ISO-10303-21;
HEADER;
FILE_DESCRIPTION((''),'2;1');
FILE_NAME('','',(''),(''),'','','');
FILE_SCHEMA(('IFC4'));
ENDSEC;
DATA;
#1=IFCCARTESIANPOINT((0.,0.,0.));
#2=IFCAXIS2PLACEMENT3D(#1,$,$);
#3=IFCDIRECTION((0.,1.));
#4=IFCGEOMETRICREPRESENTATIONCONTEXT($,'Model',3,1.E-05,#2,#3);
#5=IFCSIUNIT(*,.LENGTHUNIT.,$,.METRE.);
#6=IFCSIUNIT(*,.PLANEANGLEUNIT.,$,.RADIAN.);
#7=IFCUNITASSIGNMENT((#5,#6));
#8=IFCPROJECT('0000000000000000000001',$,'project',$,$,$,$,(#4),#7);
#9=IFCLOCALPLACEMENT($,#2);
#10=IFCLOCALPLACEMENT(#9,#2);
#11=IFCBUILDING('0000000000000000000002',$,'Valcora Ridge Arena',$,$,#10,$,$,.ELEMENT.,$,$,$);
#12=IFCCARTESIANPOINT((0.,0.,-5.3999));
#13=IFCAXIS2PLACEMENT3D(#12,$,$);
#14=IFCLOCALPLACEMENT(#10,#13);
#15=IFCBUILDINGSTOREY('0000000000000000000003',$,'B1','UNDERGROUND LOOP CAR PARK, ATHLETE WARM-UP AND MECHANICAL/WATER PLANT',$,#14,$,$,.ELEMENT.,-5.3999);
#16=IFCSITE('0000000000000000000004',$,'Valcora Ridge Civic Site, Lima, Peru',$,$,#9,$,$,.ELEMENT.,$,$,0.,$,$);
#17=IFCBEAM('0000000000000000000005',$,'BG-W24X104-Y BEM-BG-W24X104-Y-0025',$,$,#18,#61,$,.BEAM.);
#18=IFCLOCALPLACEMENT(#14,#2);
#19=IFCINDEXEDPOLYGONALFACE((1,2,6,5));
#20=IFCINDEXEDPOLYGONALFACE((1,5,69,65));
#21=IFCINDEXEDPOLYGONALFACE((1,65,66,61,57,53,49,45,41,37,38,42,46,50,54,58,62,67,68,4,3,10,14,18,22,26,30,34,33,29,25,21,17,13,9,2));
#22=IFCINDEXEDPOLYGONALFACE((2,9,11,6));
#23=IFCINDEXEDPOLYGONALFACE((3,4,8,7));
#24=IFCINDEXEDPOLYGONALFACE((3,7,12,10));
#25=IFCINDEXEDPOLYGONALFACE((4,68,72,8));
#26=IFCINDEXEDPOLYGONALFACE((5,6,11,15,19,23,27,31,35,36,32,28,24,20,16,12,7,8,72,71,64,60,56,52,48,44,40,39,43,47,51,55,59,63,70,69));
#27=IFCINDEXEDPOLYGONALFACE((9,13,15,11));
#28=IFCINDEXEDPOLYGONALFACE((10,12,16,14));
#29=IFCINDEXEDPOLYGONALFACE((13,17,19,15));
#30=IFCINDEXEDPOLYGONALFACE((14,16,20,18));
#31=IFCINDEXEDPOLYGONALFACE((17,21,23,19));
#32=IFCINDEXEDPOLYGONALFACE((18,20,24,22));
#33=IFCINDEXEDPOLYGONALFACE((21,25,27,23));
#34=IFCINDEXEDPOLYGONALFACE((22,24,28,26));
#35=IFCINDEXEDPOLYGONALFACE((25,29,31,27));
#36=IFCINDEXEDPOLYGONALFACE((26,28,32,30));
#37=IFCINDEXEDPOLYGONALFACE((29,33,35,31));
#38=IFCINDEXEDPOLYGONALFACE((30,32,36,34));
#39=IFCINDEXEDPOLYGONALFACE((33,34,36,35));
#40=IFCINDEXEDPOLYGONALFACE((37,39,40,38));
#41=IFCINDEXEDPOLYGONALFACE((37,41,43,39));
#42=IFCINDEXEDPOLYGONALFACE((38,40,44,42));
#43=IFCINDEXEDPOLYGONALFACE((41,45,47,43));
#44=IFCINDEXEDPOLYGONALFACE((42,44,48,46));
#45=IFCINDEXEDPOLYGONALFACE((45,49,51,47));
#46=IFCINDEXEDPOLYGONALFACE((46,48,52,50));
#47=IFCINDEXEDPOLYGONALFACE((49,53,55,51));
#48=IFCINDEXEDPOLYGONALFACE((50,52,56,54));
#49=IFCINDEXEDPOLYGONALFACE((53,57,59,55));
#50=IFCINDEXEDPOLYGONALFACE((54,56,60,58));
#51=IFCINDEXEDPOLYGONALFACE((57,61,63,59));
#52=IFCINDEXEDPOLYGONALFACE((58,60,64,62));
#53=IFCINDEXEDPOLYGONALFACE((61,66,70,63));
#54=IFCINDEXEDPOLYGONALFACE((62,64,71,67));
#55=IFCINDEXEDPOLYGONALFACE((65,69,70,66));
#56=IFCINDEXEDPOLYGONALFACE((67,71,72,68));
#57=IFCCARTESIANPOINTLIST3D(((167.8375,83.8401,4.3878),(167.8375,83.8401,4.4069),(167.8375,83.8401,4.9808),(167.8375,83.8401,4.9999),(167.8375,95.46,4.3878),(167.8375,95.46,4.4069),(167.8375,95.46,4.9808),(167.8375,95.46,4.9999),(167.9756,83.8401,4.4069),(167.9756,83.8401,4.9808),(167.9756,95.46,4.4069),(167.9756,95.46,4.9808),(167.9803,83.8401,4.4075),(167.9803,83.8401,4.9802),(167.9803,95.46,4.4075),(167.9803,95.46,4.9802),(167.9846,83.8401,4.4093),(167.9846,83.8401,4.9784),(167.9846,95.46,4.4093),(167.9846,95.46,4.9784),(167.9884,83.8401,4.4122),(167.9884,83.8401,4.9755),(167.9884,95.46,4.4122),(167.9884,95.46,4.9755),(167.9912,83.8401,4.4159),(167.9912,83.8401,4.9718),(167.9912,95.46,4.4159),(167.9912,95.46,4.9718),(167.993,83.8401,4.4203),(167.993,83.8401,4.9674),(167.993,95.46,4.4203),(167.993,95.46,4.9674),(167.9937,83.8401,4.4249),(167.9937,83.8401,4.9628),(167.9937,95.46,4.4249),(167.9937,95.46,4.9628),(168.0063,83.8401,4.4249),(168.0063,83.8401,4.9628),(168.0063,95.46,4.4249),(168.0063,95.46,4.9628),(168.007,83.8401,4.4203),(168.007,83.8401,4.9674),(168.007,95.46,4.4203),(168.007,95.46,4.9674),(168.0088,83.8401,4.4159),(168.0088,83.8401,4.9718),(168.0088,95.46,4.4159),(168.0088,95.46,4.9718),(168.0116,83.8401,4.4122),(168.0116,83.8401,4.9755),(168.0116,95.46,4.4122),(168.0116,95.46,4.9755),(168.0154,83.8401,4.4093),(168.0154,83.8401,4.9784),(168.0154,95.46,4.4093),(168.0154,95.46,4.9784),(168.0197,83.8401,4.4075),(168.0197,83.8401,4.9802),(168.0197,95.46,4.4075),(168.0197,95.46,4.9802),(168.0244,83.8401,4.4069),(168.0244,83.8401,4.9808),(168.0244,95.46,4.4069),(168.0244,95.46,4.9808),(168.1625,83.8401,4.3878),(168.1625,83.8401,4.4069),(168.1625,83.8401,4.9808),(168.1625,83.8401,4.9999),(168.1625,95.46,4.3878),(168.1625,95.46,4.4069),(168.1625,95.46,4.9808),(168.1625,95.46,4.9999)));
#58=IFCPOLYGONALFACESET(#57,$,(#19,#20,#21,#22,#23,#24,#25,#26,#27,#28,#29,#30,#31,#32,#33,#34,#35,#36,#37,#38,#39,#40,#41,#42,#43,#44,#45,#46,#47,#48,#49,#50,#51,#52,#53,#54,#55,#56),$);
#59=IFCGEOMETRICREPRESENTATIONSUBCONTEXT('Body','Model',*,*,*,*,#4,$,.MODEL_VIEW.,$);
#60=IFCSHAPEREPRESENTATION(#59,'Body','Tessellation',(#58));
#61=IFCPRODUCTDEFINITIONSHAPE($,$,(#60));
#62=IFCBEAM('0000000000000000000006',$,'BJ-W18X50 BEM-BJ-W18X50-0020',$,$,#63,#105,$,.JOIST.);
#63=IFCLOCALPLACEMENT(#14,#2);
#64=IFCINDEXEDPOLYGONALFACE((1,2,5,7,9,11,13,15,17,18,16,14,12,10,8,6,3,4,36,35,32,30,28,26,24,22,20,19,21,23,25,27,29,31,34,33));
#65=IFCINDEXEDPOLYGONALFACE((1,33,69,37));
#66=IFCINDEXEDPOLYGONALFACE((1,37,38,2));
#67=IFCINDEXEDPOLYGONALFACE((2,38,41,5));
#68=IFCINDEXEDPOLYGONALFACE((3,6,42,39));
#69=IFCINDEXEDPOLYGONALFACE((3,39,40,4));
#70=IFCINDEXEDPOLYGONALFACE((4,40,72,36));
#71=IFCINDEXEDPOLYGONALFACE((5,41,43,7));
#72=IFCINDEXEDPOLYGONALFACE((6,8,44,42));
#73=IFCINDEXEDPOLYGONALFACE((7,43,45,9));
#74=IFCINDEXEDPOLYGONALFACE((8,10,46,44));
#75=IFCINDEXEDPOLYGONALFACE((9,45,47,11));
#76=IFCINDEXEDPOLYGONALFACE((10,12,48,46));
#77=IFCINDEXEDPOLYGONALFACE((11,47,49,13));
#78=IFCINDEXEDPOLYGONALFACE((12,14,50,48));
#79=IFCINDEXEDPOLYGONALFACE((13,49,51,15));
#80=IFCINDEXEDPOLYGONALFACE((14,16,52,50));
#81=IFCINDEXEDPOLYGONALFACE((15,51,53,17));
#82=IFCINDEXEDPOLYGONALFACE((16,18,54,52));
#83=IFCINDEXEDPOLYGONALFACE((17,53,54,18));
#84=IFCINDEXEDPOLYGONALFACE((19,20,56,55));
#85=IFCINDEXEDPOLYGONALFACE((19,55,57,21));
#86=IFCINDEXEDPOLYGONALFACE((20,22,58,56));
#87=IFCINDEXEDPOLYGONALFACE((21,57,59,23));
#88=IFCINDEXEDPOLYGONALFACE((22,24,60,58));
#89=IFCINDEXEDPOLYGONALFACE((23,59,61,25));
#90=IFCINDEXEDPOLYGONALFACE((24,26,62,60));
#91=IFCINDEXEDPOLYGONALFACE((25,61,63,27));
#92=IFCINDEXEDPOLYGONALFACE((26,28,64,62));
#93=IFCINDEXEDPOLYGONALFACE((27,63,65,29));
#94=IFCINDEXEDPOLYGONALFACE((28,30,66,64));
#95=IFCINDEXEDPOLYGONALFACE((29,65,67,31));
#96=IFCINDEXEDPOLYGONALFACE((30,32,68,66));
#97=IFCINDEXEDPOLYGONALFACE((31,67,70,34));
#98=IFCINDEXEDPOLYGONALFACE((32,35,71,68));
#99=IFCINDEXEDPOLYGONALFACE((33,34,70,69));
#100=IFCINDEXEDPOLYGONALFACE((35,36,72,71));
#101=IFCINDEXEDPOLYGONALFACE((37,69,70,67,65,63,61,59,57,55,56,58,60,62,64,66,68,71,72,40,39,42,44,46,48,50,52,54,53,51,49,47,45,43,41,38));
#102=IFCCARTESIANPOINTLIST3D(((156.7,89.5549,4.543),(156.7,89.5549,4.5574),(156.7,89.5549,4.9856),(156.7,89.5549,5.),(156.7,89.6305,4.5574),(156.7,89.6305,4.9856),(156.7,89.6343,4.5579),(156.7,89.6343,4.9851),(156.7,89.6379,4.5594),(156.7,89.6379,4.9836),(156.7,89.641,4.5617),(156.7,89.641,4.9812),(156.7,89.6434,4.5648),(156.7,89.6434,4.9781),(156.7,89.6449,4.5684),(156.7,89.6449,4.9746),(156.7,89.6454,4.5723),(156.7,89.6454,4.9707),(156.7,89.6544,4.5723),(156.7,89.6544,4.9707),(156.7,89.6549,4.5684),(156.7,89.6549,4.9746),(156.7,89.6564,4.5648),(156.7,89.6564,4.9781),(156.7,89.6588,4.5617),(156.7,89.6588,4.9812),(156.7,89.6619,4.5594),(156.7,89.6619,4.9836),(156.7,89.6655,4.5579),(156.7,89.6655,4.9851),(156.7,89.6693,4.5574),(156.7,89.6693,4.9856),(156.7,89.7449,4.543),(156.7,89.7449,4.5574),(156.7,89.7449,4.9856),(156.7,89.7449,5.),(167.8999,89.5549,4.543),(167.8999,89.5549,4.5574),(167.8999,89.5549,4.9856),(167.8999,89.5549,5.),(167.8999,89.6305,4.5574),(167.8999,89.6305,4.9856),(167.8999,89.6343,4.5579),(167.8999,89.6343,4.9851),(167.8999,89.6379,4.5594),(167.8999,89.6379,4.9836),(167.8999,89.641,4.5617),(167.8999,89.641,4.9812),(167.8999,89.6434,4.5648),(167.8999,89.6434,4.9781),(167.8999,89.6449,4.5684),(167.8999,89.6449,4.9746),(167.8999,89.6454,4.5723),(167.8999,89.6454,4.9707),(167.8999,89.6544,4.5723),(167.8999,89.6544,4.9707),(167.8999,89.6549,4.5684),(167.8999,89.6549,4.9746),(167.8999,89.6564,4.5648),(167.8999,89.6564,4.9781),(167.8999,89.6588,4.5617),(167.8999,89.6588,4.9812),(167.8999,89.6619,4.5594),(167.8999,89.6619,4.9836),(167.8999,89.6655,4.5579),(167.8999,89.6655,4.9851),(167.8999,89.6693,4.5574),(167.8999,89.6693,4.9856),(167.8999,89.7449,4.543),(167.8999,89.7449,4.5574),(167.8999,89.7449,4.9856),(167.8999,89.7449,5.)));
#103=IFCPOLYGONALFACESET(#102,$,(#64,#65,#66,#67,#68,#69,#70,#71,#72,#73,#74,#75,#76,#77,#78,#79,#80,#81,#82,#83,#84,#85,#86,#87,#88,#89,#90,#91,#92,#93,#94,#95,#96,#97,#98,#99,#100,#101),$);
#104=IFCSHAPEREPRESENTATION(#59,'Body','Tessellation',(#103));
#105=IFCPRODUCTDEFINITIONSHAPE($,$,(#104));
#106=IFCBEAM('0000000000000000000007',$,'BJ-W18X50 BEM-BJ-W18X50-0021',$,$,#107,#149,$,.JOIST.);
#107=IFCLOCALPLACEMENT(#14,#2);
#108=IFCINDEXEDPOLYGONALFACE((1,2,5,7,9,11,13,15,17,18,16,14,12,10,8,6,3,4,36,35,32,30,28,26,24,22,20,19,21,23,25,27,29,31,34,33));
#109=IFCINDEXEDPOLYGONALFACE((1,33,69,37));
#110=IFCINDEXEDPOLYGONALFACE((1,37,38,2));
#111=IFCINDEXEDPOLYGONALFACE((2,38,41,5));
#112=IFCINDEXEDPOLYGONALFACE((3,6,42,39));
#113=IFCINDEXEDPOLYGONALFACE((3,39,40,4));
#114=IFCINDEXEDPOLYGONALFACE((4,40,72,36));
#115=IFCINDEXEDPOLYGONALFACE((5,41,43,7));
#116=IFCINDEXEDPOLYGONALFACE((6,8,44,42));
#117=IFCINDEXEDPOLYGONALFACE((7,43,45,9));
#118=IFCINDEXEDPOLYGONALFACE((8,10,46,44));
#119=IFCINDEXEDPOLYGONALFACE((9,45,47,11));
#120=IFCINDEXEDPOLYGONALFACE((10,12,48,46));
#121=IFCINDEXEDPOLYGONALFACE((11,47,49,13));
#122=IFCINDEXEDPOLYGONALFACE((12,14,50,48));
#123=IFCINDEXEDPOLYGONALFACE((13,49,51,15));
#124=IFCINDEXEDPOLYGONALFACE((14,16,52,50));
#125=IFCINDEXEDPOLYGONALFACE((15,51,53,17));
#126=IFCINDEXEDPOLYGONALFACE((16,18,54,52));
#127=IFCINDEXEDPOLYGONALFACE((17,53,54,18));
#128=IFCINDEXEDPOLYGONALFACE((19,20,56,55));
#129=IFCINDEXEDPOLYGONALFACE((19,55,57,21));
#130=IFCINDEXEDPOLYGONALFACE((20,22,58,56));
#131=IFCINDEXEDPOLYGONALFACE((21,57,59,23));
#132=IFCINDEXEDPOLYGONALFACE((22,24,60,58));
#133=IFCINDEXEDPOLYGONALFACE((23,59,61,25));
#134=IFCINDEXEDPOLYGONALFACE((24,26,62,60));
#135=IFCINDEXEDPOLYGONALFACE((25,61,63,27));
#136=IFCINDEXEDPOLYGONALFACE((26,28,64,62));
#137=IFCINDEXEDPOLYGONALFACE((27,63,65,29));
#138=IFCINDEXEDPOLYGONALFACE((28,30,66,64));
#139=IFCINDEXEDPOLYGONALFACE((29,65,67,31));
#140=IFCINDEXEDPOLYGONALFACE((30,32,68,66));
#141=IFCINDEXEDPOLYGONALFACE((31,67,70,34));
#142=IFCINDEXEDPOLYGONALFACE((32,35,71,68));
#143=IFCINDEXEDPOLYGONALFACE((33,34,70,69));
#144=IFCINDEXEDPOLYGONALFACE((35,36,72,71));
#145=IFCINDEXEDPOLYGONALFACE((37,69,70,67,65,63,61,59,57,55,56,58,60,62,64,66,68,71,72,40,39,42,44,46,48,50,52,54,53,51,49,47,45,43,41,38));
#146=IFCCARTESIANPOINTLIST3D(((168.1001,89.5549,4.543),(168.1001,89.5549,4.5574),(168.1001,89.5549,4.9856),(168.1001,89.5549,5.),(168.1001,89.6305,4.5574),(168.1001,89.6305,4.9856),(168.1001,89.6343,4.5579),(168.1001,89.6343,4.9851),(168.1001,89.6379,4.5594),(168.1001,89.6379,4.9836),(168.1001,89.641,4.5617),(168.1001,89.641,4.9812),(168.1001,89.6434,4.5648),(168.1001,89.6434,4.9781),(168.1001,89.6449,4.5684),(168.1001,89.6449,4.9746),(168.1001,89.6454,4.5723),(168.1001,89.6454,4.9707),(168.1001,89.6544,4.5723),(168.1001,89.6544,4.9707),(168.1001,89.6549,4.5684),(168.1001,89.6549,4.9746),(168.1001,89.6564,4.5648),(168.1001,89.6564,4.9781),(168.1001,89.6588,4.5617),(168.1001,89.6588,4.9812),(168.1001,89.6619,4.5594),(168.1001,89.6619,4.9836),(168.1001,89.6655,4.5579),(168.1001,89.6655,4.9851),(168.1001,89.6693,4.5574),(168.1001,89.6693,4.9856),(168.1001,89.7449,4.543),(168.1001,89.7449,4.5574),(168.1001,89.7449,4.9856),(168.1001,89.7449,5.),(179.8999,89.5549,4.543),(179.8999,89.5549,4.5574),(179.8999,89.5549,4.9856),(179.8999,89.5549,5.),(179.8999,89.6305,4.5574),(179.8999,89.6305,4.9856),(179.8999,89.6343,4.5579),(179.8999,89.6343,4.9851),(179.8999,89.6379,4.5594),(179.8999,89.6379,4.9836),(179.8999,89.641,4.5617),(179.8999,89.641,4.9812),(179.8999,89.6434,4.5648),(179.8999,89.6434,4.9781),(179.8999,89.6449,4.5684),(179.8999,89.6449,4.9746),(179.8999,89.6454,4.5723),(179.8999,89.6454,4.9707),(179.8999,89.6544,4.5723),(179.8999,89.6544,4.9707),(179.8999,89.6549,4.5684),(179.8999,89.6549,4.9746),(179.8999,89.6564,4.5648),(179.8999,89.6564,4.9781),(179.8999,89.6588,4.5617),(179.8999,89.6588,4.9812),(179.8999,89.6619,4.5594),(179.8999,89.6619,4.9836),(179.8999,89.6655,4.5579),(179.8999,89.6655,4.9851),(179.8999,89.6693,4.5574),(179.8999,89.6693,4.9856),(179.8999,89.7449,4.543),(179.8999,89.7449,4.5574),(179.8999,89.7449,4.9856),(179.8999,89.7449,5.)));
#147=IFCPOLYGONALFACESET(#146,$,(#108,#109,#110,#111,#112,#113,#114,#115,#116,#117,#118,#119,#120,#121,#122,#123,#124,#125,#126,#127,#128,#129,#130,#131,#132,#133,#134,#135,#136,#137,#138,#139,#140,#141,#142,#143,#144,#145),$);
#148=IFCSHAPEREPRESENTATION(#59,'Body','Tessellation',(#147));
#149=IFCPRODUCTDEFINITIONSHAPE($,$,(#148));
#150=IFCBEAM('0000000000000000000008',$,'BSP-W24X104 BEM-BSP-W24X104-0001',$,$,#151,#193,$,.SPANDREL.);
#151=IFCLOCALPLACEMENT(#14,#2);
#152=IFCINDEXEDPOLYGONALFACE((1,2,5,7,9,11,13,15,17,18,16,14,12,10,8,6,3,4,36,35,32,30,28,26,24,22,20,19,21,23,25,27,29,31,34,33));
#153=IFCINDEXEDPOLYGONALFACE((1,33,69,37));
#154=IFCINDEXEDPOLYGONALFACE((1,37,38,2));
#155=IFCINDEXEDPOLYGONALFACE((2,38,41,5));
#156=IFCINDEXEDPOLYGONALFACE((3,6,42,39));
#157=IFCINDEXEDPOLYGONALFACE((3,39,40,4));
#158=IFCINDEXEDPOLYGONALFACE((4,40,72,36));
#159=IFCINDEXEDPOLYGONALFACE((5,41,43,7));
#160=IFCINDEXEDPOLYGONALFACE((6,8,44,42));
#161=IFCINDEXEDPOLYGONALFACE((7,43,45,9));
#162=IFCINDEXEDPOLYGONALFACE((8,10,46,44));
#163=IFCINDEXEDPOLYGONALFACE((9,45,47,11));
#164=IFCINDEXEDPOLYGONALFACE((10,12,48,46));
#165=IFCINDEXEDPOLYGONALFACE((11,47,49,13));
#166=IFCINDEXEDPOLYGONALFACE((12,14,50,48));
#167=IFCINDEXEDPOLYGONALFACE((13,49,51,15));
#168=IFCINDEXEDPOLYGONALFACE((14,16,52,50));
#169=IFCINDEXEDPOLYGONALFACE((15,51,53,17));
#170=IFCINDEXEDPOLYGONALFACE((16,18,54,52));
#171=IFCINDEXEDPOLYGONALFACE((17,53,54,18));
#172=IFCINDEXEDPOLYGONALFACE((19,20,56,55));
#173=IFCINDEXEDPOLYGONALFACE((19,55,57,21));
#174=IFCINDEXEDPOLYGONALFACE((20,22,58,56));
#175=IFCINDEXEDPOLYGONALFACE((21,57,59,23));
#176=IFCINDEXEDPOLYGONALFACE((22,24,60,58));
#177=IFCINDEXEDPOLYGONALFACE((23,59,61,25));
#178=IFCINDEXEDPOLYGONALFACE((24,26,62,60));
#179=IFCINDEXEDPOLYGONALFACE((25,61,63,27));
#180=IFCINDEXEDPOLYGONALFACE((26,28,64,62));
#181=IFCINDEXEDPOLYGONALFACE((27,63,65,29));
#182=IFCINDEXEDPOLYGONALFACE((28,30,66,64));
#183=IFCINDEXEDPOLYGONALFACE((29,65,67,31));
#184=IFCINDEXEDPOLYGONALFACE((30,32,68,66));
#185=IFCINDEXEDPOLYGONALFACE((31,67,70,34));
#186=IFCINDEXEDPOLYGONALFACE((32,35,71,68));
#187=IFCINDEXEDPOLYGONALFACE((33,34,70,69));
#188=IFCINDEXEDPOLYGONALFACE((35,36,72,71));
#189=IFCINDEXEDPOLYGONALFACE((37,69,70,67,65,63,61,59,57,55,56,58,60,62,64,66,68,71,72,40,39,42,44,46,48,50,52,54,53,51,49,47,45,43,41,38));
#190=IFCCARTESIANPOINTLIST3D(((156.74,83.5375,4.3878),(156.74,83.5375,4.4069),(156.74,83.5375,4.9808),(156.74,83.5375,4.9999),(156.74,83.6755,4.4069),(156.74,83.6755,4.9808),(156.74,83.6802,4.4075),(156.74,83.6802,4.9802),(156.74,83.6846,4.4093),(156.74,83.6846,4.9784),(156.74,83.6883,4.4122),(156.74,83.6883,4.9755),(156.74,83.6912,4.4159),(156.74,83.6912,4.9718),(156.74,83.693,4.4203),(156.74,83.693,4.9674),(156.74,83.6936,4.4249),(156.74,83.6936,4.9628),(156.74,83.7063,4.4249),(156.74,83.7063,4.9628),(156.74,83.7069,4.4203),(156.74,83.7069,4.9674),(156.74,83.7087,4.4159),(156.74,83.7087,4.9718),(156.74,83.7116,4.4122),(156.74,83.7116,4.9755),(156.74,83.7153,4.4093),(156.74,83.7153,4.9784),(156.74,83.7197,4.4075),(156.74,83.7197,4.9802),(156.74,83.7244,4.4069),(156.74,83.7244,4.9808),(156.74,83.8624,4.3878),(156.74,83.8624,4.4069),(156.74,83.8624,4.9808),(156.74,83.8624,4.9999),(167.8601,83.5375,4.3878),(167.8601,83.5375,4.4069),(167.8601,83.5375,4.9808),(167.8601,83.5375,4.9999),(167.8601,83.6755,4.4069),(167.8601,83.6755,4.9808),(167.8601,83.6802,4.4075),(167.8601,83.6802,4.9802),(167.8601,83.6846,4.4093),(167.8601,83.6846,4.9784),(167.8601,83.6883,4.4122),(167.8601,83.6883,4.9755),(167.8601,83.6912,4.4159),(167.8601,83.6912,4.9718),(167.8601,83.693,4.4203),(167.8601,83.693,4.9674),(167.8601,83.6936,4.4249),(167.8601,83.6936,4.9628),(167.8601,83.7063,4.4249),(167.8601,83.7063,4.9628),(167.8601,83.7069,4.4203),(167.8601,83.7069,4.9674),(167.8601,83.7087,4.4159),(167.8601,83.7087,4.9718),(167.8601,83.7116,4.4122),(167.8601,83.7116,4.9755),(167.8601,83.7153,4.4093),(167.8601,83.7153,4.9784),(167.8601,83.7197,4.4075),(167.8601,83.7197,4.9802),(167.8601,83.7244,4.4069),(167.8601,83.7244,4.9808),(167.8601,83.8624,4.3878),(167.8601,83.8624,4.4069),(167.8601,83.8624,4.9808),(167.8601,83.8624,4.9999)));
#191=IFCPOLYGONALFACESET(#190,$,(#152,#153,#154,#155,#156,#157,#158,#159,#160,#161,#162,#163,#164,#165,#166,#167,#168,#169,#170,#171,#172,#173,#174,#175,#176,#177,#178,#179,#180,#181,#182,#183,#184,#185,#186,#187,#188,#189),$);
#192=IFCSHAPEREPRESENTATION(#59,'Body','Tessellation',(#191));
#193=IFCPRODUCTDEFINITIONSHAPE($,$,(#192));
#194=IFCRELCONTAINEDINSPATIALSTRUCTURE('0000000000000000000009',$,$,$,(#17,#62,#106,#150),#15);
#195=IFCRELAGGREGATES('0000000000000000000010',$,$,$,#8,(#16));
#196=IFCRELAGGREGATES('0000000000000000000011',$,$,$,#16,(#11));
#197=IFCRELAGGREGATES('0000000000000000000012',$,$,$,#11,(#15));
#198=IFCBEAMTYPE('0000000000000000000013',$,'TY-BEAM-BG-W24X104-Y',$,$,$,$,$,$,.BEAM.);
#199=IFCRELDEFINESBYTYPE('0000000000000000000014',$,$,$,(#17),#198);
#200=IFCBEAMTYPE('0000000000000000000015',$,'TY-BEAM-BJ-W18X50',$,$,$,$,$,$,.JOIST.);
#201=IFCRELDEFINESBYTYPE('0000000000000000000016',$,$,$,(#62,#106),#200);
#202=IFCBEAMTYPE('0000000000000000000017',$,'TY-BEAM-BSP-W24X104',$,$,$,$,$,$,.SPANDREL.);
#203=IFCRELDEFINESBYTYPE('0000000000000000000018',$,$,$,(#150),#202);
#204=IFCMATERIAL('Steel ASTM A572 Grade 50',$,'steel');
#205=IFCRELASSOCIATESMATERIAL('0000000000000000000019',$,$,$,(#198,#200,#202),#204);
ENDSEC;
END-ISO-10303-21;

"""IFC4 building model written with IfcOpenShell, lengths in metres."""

from ifc_helpers import new_model, si_unit, direction, frame, origin, origin_2d, place, context, subcontext, project, spatial, i_section, extrude, material, material_profile, profile_set, type_object, element, save


model = new_model("IFC4")

# Units and contexts
model_context = context("Model", 3, precision=1e-05, world=origin(), true_north=direction((0.0, 1.0)))
body_context = subcontext(model_context, "Body", "Model", "MODEL_VIEW")
ifc_project = project(units=[si_unit("LENGTHUNIT", "METRE"), si_unit("PLANEANGLEUNIT", "RADIAN")], contexts=[model_context])

# Site, building, storey
site_placement = place(None, origin())
site = spatial("IfcSite", under=ifc_project, at=site_placement, Name="Valcora Ridge Civic Site, Lima, Peru", CompositionType="ELEMENT", RefElevation=0.0)
building_placement = place(site_placement, origin())
building = spatial("IfcBuilding", under=site, at=building_placement, Name="Valcora Ridge Arena", CompositionType="ELEMENT")
storey_placement = place(building_placement, frame((0.0, 0.0, -5.3999)))
storey = spatial("IfcBuildingStorey", under=building, at=storey_placement, Name="B1", Description="UNDERGROUND LOOP CAR PARK, ATHLETE WARM-UP AND MECHANICAL/WATER PLANT", CompositionType="ELEMENT", Elevation=-5.3999)

# Beams
ifc_material_1 = material(Name="Steel ASTM A572 Grade 50", Category="steel")
ifc_material_profile_1 = material_profile(ifc_material_1, i_section(OverallWidth=0.325, OverallDepth=0.6121, WebThickness=0.0127, FlangeThickness=0.019, FilletRadius=0.0181, at=origin_2d()), Name="W24X104")
ifc_profile_set_1 = profile_set([ifc_material_profile_1], Name="Steel ASTM A572 Grade 50")
beam_type_1 = type_object("IfcBeamType", Name="TY-BEAM-BG-W24X104-Y", PredefinedType="BEAM", material=ifc_profile_set_1)
for number, where, z_axis, x_axis, name in (
    (1, (168.0, 83.8401, 4.6938), (0.0, 1.0, 0.0), (-1.0, 0.0, 0.0), "BG-W24X104-Y BEM-BG-W24X104-Y-0025"),
):
    element("IfcBeam", number, at=place(storey_placement, frame(where, z_axis=z_axis, x_axis=x_axis)), inside=storey, type_object=beam_type_1, Name=name, PredefinedType="BEAM", context=body_context, shape_type="SweptSolid", body=[
        extrude(i_section(OverallWidth=0.325, OverallDepth=0.6121, WebThickness=0.0127, FlangeThickness=0.019, FilletRadius=0.0181, at=origin_2d()), origin(), (0.0, 0.0, 1.0), 11.6199),
    ])
ifc_material_profile_2 = material_profile(ifc_material_1, i_section(OverallWidth=0.1899, OverallDepth=0.457, WebThickness=0.009, FlangeThickness=0.0144, FilletRadius=0.0149, at=origin_2d()), Name="W18X50")
ifc_profile_set_2 = profile_set([ifc_material_profile_2], Name="Steel ASTM A572 Grade 50")
beam_type_2 = type_object("IfcBeamType", Name="TY-BEAM-BJ-W18X50", PredefinedType="JOIST", material=ifc_profile_set_2)
beam_1_placement = place(storey_placement, frame((156.7, 89.6499, 4.7715), z_axis=(1.0, 0.0, 0.0), x_axis=(0.0, 1.0, 0.0)))
element("IfcBeam", 2, at=beam_1_placement, inside=storey, type_object=beam_type_2, Name="BJ-W18X50 BEM-BJ-W18X50-0020", PredefinedType="JOIST", context=body_context, shape_type="SweptSolid", body=[
    extrude(i_section(OverallWidth=0.1899, OverallDepth=0.457, WebThickness=0.009, FlangeThickness=0.0144, FilletRadius=0.0149, at=origin_2d()), origin(), (0.0, 0.0, 1.0), 11.2),
])
beam_2_placement = place(storey_placement, frame((168.1001, 89.6499, 4.7715), z_axis=(1.0, 0.0, 0.0), x_axis=(0.0, 1.0, 0.0)))
element("IfcBeam", 3, at=beam_2_placement, inside=storey, type_object=beam_type_2, Name="BJ-W18X50 BEM-BJ-W18X50-0021", PredefinedType="JOIST", context=body_context, shape_type="SweptSolid", body=[
    extrude(i_section(OverallWidth=0.1899, OverallDepth=0.457, WebThickness=0.009, FlangeThickness=0.0144, FilletRadius=0.0149, at=origin_2d()), origin(), (0.0, 0.0, 1.0), 11.7998),
])
ifc_material_profile_3 = material_profile(ifc_material_1, i_section(OverallWidth=0.325, OverallDepth=0.6121, WebThickness=0.0127, FlangeThickness=0.019, FilletRadius=0.0181, at=origin_2d()), Name="W24X104")
ifc_profile_set_3 = profile_set([ifc_material_profile_3], Name="Steel ASTM A572 Grade 50")
beam_type_3 = type_object("IfcBeamType", Name="TY-BEAM-BSP-W24X104", PredefinedType="SPANDREL", material=ifc_profile_set_3)
beam_3_placement = place(storey_placement, frame((156.74, 83.7, 4.6938), z_axis=(1.0, 0.0, 0.0), x_axis=(0.0, 1.0, 0.0)))
element("IfcBeam", 4, at=beam_3_placement, inside=storey, type_object=beam_type_3, Name="BSP-W24X104 BEM-BSP-W24X104-0001", PredefinedType="SPANDREL", context=body_context, shape_type="SweptSolid", body=[
    extrude(i_section(OverallWidth=0.325, OverallDepth=0.6121, WebThickness=0.0127, FlangeThickness=0.019, FilletRadius=0.0181, at=origin_2d()), origin(), (0.0, 0.0, 1.0), 11.1201),
])

save(model, "model.ifc")
